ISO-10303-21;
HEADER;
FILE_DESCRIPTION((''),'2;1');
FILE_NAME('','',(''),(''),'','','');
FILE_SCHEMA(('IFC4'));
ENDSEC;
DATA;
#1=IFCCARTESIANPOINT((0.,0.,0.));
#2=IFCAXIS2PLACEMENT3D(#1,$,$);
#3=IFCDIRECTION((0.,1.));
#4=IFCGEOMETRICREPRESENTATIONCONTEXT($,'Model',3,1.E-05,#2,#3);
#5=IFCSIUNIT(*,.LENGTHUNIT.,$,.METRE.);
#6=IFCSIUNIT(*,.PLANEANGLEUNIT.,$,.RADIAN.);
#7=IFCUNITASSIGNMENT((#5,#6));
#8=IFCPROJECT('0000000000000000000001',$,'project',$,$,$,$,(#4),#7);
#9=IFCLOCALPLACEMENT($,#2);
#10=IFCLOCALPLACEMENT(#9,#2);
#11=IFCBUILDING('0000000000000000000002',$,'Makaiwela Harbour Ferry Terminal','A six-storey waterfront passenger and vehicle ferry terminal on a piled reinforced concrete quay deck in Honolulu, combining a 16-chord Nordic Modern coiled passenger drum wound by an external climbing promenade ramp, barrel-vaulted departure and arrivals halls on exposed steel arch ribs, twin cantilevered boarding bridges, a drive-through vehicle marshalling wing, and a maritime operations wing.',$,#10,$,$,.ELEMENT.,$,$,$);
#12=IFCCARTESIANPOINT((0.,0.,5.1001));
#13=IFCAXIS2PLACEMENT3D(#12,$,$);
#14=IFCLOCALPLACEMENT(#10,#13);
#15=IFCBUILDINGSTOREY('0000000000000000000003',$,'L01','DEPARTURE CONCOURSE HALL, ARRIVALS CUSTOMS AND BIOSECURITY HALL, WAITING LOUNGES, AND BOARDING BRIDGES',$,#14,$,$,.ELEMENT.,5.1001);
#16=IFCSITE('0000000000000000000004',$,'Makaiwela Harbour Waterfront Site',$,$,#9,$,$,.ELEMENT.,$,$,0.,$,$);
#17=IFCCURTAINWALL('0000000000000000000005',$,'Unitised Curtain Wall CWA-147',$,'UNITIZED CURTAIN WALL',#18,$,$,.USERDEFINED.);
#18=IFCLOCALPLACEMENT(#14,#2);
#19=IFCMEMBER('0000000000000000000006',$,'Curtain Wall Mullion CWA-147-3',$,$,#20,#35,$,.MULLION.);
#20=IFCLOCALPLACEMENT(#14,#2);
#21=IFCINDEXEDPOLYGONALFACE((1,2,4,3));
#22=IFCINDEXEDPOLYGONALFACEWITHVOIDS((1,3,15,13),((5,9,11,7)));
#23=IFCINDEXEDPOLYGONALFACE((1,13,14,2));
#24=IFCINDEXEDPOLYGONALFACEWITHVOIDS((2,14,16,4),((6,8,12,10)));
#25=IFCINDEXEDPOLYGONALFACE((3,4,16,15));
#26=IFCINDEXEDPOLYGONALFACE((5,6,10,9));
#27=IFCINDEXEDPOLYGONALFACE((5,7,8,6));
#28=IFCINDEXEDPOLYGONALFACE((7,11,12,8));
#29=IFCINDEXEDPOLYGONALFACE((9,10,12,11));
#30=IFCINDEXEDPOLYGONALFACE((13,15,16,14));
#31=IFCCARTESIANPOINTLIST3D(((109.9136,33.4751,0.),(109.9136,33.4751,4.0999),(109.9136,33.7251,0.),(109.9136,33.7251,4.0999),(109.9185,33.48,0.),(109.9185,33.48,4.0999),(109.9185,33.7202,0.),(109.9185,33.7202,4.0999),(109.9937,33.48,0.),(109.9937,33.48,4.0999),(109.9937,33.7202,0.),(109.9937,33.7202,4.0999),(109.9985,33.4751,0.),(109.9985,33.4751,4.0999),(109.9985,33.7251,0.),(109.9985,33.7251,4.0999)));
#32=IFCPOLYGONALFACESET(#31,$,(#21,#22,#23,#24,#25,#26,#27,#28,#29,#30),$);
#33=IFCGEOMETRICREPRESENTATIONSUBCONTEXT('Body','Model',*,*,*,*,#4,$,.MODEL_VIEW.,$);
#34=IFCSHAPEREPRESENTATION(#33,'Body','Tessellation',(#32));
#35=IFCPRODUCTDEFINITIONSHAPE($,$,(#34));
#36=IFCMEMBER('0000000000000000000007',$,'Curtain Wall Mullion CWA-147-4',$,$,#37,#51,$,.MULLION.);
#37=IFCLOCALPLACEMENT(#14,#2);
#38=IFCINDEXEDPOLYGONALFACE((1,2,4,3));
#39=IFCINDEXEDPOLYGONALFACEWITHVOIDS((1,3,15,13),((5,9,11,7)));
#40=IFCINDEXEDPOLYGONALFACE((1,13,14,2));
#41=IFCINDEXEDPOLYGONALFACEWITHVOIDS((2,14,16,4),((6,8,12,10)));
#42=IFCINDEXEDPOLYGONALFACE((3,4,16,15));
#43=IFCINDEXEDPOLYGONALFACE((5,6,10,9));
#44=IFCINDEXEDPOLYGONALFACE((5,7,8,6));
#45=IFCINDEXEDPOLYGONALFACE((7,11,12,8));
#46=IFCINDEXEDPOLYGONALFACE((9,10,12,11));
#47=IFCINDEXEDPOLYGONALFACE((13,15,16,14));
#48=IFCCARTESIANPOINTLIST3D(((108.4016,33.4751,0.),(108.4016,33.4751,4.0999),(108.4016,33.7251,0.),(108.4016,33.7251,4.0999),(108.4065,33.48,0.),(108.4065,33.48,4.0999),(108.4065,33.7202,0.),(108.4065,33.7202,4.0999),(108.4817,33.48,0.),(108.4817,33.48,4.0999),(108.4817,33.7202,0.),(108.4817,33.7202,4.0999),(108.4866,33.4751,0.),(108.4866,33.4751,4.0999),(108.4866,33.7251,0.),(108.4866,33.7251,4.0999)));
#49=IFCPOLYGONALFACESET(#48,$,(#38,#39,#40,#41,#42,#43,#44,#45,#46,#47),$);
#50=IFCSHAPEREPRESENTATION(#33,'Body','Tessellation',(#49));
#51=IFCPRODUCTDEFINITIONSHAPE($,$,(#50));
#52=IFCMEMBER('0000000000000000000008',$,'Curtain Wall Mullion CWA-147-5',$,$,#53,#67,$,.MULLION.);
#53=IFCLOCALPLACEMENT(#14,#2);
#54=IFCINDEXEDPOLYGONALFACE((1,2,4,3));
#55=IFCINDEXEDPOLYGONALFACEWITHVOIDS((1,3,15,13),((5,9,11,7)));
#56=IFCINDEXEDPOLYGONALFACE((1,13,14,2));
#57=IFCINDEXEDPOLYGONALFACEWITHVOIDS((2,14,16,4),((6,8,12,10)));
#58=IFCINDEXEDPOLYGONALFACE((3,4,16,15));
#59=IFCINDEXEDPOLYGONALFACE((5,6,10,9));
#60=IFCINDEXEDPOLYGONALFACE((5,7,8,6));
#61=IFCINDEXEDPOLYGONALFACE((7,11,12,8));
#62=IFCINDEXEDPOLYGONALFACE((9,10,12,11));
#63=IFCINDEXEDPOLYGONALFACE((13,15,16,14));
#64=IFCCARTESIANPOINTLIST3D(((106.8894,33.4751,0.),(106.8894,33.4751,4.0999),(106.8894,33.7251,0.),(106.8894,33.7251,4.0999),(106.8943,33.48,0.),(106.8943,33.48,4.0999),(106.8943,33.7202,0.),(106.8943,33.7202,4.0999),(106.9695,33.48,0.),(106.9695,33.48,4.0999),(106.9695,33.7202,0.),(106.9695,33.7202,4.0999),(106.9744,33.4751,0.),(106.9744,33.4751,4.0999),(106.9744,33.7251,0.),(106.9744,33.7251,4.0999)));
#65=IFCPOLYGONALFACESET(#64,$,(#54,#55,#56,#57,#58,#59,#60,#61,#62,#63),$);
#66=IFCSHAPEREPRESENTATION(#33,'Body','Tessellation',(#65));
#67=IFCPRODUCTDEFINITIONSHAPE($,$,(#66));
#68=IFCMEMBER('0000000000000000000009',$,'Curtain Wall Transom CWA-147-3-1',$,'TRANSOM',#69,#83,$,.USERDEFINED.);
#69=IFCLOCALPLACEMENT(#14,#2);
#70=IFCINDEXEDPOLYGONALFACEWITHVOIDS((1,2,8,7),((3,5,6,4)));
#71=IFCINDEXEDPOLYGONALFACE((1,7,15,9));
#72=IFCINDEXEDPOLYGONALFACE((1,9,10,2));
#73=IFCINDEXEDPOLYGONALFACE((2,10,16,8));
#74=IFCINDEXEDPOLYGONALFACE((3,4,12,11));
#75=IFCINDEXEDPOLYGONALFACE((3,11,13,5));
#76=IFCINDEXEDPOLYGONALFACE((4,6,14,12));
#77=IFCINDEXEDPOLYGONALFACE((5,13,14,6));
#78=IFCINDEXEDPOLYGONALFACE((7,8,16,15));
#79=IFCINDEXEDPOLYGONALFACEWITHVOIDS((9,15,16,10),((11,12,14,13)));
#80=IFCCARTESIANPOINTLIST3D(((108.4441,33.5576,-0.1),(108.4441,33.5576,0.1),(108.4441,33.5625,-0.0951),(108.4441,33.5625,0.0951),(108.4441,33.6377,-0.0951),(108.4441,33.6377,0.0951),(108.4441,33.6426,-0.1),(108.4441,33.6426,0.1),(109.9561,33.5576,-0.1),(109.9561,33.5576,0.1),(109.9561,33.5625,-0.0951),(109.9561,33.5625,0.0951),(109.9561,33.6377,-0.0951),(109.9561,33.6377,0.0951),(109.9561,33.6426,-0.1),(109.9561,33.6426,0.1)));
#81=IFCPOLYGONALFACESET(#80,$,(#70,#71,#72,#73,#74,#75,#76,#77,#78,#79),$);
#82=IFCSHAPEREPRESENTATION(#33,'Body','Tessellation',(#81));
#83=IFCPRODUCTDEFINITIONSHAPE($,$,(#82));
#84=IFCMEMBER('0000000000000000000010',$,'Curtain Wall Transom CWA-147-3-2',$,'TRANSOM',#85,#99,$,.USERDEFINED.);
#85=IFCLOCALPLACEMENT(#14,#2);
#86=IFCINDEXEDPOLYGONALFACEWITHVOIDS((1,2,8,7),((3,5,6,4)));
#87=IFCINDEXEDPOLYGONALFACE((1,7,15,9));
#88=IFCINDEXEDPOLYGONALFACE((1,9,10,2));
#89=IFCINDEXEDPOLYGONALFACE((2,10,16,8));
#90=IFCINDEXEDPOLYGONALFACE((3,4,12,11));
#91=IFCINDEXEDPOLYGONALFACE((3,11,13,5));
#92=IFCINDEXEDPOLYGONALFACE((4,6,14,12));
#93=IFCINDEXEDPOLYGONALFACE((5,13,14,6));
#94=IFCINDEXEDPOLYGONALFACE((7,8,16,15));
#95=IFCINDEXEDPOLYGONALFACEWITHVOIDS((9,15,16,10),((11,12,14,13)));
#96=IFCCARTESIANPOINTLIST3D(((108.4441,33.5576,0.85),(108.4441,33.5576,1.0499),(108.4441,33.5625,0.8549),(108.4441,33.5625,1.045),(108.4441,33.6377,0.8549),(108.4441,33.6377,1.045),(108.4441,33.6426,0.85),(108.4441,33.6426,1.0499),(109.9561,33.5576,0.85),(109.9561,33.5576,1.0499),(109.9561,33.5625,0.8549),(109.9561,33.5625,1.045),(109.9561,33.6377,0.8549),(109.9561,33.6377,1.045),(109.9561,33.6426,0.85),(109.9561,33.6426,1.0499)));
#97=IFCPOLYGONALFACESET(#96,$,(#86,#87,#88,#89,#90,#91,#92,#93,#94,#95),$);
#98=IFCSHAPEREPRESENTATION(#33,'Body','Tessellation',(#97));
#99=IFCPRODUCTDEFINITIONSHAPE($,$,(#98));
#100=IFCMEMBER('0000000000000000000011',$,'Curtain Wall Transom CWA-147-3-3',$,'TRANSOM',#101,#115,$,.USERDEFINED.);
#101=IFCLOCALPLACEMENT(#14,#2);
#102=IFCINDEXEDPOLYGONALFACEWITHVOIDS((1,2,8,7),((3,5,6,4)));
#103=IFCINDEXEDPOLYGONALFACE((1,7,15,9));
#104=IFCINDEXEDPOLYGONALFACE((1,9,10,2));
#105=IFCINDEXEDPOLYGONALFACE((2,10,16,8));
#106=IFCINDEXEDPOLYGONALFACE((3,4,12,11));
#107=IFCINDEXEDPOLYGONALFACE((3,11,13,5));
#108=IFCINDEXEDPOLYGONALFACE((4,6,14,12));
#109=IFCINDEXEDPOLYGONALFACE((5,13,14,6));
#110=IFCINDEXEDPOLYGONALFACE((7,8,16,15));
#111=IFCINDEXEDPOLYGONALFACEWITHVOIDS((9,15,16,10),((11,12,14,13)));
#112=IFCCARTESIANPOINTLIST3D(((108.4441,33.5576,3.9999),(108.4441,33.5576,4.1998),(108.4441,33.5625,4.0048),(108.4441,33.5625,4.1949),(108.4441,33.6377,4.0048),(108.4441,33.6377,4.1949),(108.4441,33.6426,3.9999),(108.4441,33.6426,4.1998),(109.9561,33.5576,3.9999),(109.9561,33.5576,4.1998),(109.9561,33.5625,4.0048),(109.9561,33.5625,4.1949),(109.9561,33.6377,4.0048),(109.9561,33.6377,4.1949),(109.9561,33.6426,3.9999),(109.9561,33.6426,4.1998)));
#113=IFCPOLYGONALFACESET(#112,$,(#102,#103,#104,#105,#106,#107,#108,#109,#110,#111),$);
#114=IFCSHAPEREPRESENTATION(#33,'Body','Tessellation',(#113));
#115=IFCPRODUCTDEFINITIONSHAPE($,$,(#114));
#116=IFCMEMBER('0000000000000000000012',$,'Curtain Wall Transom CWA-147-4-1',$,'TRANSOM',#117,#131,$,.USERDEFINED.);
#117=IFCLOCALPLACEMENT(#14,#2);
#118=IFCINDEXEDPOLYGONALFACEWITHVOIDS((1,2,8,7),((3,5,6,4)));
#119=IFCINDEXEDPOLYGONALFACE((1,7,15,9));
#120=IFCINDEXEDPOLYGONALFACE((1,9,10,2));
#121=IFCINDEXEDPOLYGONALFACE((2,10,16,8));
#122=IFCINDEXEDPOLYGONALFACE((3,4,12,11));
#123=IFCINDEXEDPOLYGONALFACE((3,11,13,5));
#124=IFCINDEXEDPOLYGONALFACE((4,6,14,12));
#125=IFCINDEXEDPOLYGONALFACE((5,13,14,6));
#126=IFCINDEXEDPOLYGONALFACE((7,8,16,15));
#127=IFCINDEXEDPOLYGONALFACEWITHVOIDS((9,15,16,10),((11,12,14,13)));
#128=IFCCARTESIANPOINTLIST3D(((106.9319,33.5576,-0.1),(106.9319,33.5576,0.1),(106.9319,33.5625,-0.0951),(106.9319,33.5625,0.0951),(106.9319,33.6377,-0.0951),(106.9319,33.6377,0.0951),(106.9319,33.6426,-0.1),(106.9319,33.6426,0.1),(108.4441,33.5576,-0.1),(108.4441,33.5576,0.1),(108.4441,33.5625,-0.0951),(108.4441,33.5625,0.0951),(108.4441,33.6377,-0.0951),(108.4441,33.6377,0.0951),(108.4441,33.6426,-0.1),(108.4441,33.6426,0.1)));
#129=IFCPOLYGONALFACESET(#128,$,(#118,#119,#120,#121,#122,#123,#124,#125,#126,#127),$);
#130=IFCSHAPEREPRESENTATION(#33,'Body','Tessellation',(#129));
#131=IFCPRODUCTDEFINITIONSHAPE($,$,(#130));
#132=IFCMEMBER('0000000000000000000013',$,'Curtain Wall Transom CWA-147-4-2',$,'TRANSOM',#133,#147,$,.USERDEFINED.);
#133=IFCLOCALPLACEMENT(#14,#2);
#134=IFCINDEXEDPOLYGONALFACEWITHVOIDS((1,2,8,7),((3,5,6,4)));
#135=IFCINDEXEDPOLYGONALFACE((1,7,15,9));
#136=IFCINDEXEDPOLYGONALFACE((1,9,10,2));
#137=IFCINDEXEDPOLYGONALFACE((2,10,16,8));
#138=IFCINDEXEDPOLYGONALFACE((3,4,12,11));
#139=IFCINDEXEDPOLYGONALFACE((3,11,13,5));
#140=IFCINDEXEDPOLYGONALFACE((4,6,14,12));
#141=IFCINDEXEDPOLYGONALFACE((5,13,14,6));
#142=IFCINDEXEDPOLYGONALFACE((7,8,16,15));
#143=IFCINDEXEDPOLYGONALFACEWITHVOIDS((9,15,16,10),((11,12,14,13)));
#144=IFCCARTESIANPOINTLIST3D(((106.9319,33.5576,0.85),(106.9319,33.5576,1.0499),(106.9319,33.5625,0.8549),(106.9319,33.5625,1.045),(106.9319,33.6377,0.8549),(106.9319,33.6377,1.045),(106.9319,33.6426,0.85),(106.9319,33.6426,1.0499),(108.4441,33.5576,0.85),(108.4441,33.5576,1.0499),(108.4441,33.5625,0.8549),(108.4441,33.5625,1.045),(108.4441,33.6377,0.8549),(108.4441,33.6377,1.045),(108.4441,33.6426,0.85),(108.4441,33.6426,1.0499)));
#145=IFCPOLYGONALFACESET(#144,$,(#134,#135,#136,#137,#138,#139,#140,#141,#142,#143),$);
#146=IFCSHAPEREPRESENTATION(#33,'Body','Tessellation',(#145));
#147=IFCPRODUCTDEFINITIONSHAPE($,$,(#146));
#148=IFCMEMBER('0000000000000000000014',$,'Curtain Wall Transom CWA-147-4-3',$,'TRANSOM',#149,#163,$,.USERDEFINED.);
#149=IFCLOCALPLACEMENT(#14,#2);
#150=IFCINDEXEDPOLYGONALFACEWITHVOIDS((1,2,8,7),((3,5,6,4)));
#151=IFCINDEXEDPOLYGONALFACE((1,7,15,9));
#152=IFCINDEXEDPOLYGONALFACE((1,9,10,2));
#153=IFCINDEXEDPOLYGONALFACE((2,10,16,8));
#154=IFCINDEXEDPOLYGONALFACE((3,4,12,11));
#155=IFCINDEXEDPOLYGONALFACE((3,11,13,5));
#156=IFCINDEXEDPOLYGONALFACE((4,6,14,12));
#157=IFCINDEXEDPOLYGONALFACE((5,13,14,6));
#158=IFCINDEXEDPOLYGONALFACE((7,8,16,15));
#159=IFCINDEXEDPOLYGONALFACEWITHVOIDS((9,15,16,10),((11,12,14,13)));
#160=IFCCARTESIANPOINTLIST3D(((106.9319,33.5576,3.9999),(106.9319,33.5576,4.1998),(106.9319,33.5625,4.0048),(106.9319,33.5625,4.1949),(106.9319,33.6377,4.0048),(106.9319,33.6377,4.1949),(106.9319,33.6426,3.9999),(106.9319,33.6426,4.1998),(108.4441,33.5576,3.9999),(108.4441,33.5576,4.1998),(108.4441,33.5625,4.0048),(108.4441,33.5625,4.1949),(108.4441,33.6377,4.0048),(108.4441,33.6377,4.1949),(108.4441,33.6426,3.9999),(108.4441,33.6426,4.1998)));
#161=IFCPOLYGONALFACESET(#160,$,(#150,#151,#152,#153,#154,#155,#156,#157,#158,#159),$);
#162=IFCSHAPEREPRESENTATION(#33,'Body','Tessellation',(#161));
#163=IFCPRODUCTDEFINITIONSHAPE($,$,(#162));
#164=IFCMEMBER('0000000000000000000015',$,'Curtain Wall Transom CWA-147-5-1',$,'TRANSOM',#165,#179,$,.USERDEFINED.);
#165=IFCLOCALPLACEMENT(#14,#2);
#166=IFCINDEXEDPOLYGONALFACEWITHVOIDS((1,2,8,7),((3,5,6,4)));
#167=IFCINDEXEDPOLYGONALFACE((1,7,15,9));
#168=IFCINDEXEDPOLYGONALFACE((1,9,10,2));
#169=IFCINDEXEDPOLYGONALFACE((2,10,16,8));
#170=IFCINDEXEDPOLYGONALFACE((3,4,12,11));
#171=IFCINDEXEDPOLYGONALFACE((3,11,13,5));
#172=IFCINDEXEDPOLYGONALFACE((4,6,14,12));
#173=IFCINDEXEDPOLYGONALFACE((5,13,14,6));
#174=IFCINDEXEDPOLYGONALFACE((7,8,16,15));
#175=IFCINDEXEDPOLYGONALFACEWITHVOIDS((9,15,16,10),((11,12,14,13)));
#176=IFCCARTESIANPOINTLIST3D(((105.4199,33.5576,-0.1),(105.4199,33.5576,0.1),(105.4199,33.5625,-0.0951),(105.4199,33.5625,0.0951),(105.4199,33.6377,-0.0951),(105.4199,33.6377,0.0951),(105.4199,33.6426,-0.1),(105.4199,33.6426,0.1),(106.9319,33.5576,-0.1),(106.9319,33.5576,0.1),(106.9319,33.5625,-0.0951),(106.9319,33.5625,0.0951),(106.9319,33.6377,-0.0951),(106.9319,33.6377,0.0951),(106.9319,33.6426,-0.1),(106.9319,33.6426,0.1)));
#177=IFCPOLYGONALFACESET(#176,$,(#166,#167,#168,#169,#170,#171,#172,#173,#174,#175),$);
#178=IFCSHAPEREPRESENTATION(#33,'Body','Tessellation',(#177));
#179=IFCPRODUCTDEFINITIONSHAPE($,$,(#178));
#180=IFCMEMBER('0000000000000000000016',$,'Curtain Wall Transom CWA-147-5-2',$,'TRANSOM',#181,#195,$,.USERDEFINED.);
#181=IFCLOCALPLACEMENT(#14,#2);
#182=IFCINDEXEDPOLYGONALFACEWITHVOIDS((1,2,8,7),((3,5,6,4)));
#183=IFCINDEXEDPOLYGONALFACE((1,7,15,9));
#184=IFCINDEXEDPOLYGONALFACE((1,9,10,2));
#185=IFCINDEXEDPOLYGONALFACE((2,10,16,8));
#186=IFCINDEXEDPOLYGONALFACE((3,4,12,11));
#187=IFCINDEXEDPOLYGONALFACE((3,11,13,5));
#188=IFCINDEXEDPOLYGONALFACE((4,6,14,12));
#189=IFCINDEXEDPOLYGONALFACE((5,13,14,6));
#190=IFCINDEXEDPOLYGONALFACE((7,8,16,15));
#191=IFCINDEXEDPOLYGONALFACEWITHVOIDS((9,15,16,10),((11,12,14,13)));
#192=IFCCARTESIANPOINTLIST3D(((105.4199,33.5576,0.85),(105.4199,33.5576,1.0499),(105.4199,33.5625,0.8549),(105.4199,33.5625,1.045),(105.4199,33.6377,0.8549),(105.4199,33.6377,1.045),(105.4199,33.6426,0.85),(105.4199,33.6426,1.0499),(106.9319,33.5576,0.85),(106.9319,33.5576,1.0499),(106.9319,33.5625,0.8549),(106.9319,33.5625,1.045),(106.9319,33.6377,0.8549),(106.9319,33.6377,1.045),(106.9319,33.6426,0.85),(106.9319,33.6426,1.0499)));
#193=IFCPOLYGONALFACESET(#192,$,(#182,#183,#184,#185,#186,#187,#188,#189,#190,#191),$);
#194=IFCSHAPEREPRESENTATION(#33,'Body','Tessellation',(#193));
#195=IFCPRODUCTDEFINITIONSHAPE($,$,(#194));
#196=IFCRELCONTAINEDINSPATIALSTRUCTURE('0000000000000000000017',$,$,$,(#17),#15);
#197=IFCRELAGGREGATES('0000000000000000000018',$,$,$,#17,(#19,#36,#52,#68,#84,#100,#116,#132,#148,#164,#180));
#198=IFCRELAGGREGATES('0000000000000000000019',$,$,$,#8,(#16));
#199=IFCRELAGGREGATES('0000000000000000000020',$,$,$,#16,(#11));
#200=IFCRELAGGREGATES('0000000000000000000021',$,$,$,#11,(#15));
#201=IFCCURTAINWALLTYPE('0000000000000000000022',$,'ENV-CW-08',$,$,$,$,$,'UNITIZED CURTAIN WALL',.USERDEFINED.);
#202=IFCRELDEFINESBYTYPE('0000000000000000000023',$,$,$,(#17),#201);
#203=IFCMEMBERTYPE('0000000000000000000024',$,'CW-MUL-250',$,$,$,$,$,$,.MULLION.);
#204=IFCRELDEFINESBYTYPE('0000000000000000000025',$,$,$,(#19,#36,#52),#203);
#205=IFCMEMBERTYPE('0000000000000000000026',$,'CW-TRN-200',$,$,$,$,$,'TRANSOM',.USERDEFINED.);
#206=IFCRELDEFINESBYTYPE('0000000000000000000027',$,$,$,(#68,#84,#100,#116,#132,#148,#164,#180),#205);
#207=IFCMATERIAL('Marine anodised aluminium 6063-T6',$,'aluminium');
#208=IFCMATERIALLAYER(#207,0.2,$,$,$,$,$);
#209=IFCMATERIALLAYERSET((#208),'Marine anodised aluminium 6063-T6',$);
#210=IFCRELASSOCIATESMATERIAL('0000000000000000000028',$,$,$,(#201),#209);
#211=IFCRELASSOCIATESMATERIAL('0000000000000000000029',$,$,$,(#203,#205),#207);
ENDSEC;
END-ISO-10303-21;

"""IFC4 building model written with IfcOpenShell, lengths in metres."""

from ifc_helpers import new_model, si_unit, direction, frame, origin, origin_2d, place, context, subcontext, project, spatial, hollow_rectangle, extrude, material, layer, layer_set, material_profile, profile_set, type_object, element, aggregate, save


model = new_model("IFC4")

# Units and contexts
model_context = context("Model", 3, precision=1e-05, world=origin(), true_north=direction((0.0, 1.0)))
body_context = subcontext(model_context, "Body", "Model", "MODEL_VIEW")
ifc_project = project(units=[si_unit("LENGTHUNIT", "METRE"), si_unit("PLANEANGLEUNIT", "RADIAN")], contexts=[model_context])

# Site, building, storey
site_placement = place(None, origin())
site = spatial("IfcSite", under=ifc_project, at=site_placement, Name="Makaiwela Harbour Waterfront Site", CompositionType="ELEMENT", RefElevation=0.0)
building_placement = place(site_placement, origin())
building = spatial("IfcBuilding", under=site, at=building_placement, Name="Makaiwela Harbour Ferry Terminal", Description="A six-storey waterfront passenger and vehicle ferry terminal on a piled reinforced concrete quay deck in Honolulu, combining a 16-chord Nordic Modern coiled passenger drum wound by an external climbing promenade ramp, barrel-vaulted departure and arrivals halls on exposed steel arch ribs, twin cantilevered boarding bridges, a drive-through vehicle marshalling wing, and a maritime operations wing.", CompositionType="ELEMENT")
storey_placement = place(building_placement, frame((0.0, 0.0, 5.1001)))
storey = spatial("IfcBuildingStorey", under=building, at=storey_placement, Name="L01", Description="DEPARTURE CONCOURSE HALL, ARRIVALS CUSTOMS AND BIOSECURITY HALL, WAITING LOUNGES, AND BOARDING BRIDGES", CompositionType="ELEMENT", Elevation=5.1001)

# Curtain wall, members
ifc_material_1 = material(Name="Marine anodised aluminium 6063-T6", Category="aluminium")
ifc_layer_1 = layer(ifc_material_1, 0.2)
ifc_layer_set_1 = layer_set([ifc_layer_1], Name="Marine anodised aluminium 6063-T6")
curtain_wall_type = type_object("IfcCurtainWallType", Name="ENV-CW-08", ElementType="UNITIZED CURTAIN WALL", PredefinedType="USERDEFINED", material=ifc_layer_set_1)
curtain_wall_placement = place(storey_placement, origin())
curtain_wall = element("IfcCurtainWall", 1, at=curtain_wall_placement, inside=storey, type_object=curtain_wall_type, Name="Unitised Curtain Wall CWA-147", ObjectType="UNITIZED CURTAIN WALL", PredefinedType="USERDEFINED")
ifc_material_profile_1 = material_profile(ifc_material_1, hollow_rectangle(XDim=0.085, YDim=0.25, WallThickness=0.0049, at=origin_2d()), Name="CWM-250X85")
ifc_profile_set_1 = profile_set([ifc_material_profile_1], Name="Marine anodised aluminium 6063-T6")
member_type_1 = type_object("IfcMemberType", Name="CW-MUL-250", PredefinedType="MULLION", material=ifc_profile_set_1)
member_1_placement = place(storey_placement, frame((109.9561, 33.6001, 0.0), z_axis=(0.0, 0.0, 1.0), x_axis=(1.0, 0.0, 0.0)))
member_1 = element("IfcMember", 2, at=member_1_placement, type_object=member_type_1, Name="Curtain Wall Mullion CWA-147-3", PredefinedType="MULLION", context=body_context, shape_type="SweptSolid", body=[
    extrude(hollow_rectangle(XDim=0.085, YDim=0.25, WallThickness=0.0049, at=origin_2d()), origin(), (0.0, 0.0, 1.0), 4.0999),
])
member_2_placement = place(storey_placement, frame((108.4441, 33.6001, 0.0), z_axis=(0.0, 0.0, 1.0), x_axis=(1.0, 0.0, 0.0)))
member_2 = element("IfcMember", 3, at=member_2_placement, type_object=member_type_1, Name="Curtain Wall Mullion CWA-147-4", PredefinedType="MULLION", context=body_context, shape_type="SweptSolid", body=[
    extrude(hollow_rectangle(XDim=0.085, YDim=0.25, WallThickness=0.0049, at=origin_2d()), origin(), (0.0, 0.0, 1.0), 4.0999),
])
member_3_placement = place(storey_placement, frame((106.9319, 33.6001, 0.0), z_axis=(0.0, 0.0, 1.0), x_axis=(1.0, 0.0, 0.0)))
member_3 = element("IfcMember", 4, at=member_3_placement, type_object=member_type_1, Name="Curtain Wall Mullion CWA-147-5", PredefinedType="MULLION", context=body_context, shape_type="SweptSolid", body=[
    extrude(hollow_rectangle(XDim=0.085, YDim=0.25, WallThickness=0.0049, at=origin_2d()), origin(), (0.0, 0.0, 1.0), 4.0999),
])
ifc_material_profile_2 = material_profile(ifc_material_1, hollow_rectangle(XDim=0.085, YDim=0.2, WallThickness=0.0049, at=origin_2d()), Name="CWT-200X85")
ifc_profile_set_2 = profile_set([ifc_material_profile_2], Name="Marine anodised aluminium 6063-T6")
member_type_2 = type_object("IfcMemberType", Name="CW-TRN-200", ElementType="TRANSOM", PredefinedType="USERDEFINED", material=ifc_profile_set_2)
member_4_placement = place(storey_placement, frame((109.9561, 33.6001, 0.0), z_axis=(-1.0, 0.0, 0.0), x_axis=(0.0, -1.0, 0.0)))
member_4 = element("IfcMember", 5, at=member_4_placement, type_object=member_type_2, Name="Curtain Wall Transom CWA-147-3-1", ObjectType="TRANSOM", PredefinedType="USERDEFINED", context=body_context, shape_type="SweptSolid", body=[
    extrude(hollow_rectangle(XDim=0.085, YDim=0.2, WallThickness=0.0049, at=origin_2d()), origin(), (0.0, 0.0, 1.0), 1.512),
])
member_5_placement = place(storey_placement, frame((109.9561, 33.6001, 0.95), z_axis=(-1.0, 0.0, 0.0), x_axis=(0.0, -1.0, 0.0)))
member_5 = element("IfcMember", 6, at=member_5_placement, type_object=member_type_2, Name="Curtain Wall Transom CWA-147-3-2", ObjectType="TRANSOM", PredefinedType="USERDEFINED", context=body_context, shape_type="SweptSolid", body=[
    extrude(hollow_rectangle(XDim=0.085, YDim=0.2, WallThickness=0.0049, at=origin_2d()), origin(), (0.0, 0.0, 1.0), 1.512),
])
member_6_placement = place(storey_placement, frame((109.9561, 33.6001, 4.0999), z_axis=(-1.0, 0.0, 0.0), x_axis=(0.0, -1.0, 0.0)))
member_6 = element("IfcMember", 7, at=member_6_placement, type_object=member_type_2, Name="Curtain Wall Transom CWA-147-3-3", ObjectType="TRANSOM", PredefinedType="USERDEFINED", context=body_context, shape_type="SweptSolid", body=[
    extrude(hollow_rectangle(XDim=0.085, YDim=0.2, WallThickness=0.0049, at=origin_2d()), origin(), (0.0, 0.0, 1.0), 1.512),
])
member_7_placement = place(storey_placement, frame((108.4441, 33.6001, 0.0), z_axis=(-1.0, 0.0, 0.0), x_axis=(0.0, -1.0, 0.0)))
member_7 = element("IfcMember", 8, at=member_7_placement, type_object=member_type_2, Name="Curtain Wall Transom CWA-147-4-1", ObjectType="TRANSOM", PredefinedType="USERDEFINED", context=body_context, shape_type="SweptSolid", body=[
    extrude(hollow_rectangle(XDim=0.085, YDim=0.2, WallThickness=0.0049, at=origin_2d()), origin(), (0.0, 0.0, 1.0), 1.5122),
])
member_8_placement = place(storey_placement, frame((108.4441, 33.6001, 0.95), z_axis=(-1.0, 0.0, 0.0), x_axis=(0.0, -1.0, 0.0)))
member_8 = element("IfcMember", 9, at=member_8_placement, type_object=member_type_2, Name="Curtain Wall Transom CWA-147-4-2", ObjectType="TRANSOM", PredefinedType="USERDEFINED", context=body_context, shape_type="SweptSolid", body=[
    extrude(hollow_rectangle(XDim=0.085, YDim=0.2, WallThickness=0.0049, at=origin_2d()), origin(), (0.0, 0.0, 1.0), 1.5122),
])
member_9_placement = place(storey_placement, frame((108.4441, 33.6001, 4.0999), z_axis=(-1.0, 0.0, 0.0), x_axis=(0.0, -1.0, 0.0)))
member_9 = element("IfcMember", 10, at=member_9_placement, type_object=member_type_2, Name="Curtain Wall Transom CWA-147-4-3", ObjectType="TRANSOM", PredefinedType="USERDEFINED", context=body_context, shape_type="SweptSolid", body=[
    extrude(hollow_rectangle(XDim=0.085, YDim=0.2, WallThickness=0.0049, at=origin_2d()), origin(), (0.0, 0.0, 1.0), 1.5122),
])
member_10_placement = place(storey_placement, frame((106.9319, 33.6001, 0.0), z_axis=(-1.0, 0.0, 0.0), x_axis=(0.0, -1.0, 0.0)))
member_10 = element("IfcMember", 11, at=member_10_placement, type_object=member_type_2, Name="Curtain Wall Transom CWA-147-5-1", ObjectType="TRANSOM", PredefinedType="USERDEFINED", context=body_context, shape_type="SweptSolid", body=[
    extrude(hollow_rectangle(XDim=0.085, YDim=0.2, WallThickness=0.0049, at=origin_2d()), origin(), (0.0, 0.0, 1.0), 1.512),
])
member_11_placement = place(storey_placement, frame((106.9319, 33.6001, 0.95), z_axis=(-1.0, 0.0, 0.0), x_axis=(0.0, -1.0, 0.0)))
member_11 = element("IfcMember", 12, at=member_11_placement, type_object=member_type_2, Name="Curtain Wall Transom CWA-147-5-2", ObjectType="TRANSOM", PredefinedType="USERDEFINED", context=body_context, shape_type="SweptSolid", body=[
    extrude(hollow_rectangle(XDim=0.085, YDim=0.2, WallThickness=0.0049, at=origin_2d()), origin(), (0.0, 0.0, 1.0), 1.512),
])
aggregate(curtain_wall, [member_1, member_2, member_3, member_4, member_5, member_6, member_7, member_8, member_9, member_10, member_11])

save(model, "model.ifc")
